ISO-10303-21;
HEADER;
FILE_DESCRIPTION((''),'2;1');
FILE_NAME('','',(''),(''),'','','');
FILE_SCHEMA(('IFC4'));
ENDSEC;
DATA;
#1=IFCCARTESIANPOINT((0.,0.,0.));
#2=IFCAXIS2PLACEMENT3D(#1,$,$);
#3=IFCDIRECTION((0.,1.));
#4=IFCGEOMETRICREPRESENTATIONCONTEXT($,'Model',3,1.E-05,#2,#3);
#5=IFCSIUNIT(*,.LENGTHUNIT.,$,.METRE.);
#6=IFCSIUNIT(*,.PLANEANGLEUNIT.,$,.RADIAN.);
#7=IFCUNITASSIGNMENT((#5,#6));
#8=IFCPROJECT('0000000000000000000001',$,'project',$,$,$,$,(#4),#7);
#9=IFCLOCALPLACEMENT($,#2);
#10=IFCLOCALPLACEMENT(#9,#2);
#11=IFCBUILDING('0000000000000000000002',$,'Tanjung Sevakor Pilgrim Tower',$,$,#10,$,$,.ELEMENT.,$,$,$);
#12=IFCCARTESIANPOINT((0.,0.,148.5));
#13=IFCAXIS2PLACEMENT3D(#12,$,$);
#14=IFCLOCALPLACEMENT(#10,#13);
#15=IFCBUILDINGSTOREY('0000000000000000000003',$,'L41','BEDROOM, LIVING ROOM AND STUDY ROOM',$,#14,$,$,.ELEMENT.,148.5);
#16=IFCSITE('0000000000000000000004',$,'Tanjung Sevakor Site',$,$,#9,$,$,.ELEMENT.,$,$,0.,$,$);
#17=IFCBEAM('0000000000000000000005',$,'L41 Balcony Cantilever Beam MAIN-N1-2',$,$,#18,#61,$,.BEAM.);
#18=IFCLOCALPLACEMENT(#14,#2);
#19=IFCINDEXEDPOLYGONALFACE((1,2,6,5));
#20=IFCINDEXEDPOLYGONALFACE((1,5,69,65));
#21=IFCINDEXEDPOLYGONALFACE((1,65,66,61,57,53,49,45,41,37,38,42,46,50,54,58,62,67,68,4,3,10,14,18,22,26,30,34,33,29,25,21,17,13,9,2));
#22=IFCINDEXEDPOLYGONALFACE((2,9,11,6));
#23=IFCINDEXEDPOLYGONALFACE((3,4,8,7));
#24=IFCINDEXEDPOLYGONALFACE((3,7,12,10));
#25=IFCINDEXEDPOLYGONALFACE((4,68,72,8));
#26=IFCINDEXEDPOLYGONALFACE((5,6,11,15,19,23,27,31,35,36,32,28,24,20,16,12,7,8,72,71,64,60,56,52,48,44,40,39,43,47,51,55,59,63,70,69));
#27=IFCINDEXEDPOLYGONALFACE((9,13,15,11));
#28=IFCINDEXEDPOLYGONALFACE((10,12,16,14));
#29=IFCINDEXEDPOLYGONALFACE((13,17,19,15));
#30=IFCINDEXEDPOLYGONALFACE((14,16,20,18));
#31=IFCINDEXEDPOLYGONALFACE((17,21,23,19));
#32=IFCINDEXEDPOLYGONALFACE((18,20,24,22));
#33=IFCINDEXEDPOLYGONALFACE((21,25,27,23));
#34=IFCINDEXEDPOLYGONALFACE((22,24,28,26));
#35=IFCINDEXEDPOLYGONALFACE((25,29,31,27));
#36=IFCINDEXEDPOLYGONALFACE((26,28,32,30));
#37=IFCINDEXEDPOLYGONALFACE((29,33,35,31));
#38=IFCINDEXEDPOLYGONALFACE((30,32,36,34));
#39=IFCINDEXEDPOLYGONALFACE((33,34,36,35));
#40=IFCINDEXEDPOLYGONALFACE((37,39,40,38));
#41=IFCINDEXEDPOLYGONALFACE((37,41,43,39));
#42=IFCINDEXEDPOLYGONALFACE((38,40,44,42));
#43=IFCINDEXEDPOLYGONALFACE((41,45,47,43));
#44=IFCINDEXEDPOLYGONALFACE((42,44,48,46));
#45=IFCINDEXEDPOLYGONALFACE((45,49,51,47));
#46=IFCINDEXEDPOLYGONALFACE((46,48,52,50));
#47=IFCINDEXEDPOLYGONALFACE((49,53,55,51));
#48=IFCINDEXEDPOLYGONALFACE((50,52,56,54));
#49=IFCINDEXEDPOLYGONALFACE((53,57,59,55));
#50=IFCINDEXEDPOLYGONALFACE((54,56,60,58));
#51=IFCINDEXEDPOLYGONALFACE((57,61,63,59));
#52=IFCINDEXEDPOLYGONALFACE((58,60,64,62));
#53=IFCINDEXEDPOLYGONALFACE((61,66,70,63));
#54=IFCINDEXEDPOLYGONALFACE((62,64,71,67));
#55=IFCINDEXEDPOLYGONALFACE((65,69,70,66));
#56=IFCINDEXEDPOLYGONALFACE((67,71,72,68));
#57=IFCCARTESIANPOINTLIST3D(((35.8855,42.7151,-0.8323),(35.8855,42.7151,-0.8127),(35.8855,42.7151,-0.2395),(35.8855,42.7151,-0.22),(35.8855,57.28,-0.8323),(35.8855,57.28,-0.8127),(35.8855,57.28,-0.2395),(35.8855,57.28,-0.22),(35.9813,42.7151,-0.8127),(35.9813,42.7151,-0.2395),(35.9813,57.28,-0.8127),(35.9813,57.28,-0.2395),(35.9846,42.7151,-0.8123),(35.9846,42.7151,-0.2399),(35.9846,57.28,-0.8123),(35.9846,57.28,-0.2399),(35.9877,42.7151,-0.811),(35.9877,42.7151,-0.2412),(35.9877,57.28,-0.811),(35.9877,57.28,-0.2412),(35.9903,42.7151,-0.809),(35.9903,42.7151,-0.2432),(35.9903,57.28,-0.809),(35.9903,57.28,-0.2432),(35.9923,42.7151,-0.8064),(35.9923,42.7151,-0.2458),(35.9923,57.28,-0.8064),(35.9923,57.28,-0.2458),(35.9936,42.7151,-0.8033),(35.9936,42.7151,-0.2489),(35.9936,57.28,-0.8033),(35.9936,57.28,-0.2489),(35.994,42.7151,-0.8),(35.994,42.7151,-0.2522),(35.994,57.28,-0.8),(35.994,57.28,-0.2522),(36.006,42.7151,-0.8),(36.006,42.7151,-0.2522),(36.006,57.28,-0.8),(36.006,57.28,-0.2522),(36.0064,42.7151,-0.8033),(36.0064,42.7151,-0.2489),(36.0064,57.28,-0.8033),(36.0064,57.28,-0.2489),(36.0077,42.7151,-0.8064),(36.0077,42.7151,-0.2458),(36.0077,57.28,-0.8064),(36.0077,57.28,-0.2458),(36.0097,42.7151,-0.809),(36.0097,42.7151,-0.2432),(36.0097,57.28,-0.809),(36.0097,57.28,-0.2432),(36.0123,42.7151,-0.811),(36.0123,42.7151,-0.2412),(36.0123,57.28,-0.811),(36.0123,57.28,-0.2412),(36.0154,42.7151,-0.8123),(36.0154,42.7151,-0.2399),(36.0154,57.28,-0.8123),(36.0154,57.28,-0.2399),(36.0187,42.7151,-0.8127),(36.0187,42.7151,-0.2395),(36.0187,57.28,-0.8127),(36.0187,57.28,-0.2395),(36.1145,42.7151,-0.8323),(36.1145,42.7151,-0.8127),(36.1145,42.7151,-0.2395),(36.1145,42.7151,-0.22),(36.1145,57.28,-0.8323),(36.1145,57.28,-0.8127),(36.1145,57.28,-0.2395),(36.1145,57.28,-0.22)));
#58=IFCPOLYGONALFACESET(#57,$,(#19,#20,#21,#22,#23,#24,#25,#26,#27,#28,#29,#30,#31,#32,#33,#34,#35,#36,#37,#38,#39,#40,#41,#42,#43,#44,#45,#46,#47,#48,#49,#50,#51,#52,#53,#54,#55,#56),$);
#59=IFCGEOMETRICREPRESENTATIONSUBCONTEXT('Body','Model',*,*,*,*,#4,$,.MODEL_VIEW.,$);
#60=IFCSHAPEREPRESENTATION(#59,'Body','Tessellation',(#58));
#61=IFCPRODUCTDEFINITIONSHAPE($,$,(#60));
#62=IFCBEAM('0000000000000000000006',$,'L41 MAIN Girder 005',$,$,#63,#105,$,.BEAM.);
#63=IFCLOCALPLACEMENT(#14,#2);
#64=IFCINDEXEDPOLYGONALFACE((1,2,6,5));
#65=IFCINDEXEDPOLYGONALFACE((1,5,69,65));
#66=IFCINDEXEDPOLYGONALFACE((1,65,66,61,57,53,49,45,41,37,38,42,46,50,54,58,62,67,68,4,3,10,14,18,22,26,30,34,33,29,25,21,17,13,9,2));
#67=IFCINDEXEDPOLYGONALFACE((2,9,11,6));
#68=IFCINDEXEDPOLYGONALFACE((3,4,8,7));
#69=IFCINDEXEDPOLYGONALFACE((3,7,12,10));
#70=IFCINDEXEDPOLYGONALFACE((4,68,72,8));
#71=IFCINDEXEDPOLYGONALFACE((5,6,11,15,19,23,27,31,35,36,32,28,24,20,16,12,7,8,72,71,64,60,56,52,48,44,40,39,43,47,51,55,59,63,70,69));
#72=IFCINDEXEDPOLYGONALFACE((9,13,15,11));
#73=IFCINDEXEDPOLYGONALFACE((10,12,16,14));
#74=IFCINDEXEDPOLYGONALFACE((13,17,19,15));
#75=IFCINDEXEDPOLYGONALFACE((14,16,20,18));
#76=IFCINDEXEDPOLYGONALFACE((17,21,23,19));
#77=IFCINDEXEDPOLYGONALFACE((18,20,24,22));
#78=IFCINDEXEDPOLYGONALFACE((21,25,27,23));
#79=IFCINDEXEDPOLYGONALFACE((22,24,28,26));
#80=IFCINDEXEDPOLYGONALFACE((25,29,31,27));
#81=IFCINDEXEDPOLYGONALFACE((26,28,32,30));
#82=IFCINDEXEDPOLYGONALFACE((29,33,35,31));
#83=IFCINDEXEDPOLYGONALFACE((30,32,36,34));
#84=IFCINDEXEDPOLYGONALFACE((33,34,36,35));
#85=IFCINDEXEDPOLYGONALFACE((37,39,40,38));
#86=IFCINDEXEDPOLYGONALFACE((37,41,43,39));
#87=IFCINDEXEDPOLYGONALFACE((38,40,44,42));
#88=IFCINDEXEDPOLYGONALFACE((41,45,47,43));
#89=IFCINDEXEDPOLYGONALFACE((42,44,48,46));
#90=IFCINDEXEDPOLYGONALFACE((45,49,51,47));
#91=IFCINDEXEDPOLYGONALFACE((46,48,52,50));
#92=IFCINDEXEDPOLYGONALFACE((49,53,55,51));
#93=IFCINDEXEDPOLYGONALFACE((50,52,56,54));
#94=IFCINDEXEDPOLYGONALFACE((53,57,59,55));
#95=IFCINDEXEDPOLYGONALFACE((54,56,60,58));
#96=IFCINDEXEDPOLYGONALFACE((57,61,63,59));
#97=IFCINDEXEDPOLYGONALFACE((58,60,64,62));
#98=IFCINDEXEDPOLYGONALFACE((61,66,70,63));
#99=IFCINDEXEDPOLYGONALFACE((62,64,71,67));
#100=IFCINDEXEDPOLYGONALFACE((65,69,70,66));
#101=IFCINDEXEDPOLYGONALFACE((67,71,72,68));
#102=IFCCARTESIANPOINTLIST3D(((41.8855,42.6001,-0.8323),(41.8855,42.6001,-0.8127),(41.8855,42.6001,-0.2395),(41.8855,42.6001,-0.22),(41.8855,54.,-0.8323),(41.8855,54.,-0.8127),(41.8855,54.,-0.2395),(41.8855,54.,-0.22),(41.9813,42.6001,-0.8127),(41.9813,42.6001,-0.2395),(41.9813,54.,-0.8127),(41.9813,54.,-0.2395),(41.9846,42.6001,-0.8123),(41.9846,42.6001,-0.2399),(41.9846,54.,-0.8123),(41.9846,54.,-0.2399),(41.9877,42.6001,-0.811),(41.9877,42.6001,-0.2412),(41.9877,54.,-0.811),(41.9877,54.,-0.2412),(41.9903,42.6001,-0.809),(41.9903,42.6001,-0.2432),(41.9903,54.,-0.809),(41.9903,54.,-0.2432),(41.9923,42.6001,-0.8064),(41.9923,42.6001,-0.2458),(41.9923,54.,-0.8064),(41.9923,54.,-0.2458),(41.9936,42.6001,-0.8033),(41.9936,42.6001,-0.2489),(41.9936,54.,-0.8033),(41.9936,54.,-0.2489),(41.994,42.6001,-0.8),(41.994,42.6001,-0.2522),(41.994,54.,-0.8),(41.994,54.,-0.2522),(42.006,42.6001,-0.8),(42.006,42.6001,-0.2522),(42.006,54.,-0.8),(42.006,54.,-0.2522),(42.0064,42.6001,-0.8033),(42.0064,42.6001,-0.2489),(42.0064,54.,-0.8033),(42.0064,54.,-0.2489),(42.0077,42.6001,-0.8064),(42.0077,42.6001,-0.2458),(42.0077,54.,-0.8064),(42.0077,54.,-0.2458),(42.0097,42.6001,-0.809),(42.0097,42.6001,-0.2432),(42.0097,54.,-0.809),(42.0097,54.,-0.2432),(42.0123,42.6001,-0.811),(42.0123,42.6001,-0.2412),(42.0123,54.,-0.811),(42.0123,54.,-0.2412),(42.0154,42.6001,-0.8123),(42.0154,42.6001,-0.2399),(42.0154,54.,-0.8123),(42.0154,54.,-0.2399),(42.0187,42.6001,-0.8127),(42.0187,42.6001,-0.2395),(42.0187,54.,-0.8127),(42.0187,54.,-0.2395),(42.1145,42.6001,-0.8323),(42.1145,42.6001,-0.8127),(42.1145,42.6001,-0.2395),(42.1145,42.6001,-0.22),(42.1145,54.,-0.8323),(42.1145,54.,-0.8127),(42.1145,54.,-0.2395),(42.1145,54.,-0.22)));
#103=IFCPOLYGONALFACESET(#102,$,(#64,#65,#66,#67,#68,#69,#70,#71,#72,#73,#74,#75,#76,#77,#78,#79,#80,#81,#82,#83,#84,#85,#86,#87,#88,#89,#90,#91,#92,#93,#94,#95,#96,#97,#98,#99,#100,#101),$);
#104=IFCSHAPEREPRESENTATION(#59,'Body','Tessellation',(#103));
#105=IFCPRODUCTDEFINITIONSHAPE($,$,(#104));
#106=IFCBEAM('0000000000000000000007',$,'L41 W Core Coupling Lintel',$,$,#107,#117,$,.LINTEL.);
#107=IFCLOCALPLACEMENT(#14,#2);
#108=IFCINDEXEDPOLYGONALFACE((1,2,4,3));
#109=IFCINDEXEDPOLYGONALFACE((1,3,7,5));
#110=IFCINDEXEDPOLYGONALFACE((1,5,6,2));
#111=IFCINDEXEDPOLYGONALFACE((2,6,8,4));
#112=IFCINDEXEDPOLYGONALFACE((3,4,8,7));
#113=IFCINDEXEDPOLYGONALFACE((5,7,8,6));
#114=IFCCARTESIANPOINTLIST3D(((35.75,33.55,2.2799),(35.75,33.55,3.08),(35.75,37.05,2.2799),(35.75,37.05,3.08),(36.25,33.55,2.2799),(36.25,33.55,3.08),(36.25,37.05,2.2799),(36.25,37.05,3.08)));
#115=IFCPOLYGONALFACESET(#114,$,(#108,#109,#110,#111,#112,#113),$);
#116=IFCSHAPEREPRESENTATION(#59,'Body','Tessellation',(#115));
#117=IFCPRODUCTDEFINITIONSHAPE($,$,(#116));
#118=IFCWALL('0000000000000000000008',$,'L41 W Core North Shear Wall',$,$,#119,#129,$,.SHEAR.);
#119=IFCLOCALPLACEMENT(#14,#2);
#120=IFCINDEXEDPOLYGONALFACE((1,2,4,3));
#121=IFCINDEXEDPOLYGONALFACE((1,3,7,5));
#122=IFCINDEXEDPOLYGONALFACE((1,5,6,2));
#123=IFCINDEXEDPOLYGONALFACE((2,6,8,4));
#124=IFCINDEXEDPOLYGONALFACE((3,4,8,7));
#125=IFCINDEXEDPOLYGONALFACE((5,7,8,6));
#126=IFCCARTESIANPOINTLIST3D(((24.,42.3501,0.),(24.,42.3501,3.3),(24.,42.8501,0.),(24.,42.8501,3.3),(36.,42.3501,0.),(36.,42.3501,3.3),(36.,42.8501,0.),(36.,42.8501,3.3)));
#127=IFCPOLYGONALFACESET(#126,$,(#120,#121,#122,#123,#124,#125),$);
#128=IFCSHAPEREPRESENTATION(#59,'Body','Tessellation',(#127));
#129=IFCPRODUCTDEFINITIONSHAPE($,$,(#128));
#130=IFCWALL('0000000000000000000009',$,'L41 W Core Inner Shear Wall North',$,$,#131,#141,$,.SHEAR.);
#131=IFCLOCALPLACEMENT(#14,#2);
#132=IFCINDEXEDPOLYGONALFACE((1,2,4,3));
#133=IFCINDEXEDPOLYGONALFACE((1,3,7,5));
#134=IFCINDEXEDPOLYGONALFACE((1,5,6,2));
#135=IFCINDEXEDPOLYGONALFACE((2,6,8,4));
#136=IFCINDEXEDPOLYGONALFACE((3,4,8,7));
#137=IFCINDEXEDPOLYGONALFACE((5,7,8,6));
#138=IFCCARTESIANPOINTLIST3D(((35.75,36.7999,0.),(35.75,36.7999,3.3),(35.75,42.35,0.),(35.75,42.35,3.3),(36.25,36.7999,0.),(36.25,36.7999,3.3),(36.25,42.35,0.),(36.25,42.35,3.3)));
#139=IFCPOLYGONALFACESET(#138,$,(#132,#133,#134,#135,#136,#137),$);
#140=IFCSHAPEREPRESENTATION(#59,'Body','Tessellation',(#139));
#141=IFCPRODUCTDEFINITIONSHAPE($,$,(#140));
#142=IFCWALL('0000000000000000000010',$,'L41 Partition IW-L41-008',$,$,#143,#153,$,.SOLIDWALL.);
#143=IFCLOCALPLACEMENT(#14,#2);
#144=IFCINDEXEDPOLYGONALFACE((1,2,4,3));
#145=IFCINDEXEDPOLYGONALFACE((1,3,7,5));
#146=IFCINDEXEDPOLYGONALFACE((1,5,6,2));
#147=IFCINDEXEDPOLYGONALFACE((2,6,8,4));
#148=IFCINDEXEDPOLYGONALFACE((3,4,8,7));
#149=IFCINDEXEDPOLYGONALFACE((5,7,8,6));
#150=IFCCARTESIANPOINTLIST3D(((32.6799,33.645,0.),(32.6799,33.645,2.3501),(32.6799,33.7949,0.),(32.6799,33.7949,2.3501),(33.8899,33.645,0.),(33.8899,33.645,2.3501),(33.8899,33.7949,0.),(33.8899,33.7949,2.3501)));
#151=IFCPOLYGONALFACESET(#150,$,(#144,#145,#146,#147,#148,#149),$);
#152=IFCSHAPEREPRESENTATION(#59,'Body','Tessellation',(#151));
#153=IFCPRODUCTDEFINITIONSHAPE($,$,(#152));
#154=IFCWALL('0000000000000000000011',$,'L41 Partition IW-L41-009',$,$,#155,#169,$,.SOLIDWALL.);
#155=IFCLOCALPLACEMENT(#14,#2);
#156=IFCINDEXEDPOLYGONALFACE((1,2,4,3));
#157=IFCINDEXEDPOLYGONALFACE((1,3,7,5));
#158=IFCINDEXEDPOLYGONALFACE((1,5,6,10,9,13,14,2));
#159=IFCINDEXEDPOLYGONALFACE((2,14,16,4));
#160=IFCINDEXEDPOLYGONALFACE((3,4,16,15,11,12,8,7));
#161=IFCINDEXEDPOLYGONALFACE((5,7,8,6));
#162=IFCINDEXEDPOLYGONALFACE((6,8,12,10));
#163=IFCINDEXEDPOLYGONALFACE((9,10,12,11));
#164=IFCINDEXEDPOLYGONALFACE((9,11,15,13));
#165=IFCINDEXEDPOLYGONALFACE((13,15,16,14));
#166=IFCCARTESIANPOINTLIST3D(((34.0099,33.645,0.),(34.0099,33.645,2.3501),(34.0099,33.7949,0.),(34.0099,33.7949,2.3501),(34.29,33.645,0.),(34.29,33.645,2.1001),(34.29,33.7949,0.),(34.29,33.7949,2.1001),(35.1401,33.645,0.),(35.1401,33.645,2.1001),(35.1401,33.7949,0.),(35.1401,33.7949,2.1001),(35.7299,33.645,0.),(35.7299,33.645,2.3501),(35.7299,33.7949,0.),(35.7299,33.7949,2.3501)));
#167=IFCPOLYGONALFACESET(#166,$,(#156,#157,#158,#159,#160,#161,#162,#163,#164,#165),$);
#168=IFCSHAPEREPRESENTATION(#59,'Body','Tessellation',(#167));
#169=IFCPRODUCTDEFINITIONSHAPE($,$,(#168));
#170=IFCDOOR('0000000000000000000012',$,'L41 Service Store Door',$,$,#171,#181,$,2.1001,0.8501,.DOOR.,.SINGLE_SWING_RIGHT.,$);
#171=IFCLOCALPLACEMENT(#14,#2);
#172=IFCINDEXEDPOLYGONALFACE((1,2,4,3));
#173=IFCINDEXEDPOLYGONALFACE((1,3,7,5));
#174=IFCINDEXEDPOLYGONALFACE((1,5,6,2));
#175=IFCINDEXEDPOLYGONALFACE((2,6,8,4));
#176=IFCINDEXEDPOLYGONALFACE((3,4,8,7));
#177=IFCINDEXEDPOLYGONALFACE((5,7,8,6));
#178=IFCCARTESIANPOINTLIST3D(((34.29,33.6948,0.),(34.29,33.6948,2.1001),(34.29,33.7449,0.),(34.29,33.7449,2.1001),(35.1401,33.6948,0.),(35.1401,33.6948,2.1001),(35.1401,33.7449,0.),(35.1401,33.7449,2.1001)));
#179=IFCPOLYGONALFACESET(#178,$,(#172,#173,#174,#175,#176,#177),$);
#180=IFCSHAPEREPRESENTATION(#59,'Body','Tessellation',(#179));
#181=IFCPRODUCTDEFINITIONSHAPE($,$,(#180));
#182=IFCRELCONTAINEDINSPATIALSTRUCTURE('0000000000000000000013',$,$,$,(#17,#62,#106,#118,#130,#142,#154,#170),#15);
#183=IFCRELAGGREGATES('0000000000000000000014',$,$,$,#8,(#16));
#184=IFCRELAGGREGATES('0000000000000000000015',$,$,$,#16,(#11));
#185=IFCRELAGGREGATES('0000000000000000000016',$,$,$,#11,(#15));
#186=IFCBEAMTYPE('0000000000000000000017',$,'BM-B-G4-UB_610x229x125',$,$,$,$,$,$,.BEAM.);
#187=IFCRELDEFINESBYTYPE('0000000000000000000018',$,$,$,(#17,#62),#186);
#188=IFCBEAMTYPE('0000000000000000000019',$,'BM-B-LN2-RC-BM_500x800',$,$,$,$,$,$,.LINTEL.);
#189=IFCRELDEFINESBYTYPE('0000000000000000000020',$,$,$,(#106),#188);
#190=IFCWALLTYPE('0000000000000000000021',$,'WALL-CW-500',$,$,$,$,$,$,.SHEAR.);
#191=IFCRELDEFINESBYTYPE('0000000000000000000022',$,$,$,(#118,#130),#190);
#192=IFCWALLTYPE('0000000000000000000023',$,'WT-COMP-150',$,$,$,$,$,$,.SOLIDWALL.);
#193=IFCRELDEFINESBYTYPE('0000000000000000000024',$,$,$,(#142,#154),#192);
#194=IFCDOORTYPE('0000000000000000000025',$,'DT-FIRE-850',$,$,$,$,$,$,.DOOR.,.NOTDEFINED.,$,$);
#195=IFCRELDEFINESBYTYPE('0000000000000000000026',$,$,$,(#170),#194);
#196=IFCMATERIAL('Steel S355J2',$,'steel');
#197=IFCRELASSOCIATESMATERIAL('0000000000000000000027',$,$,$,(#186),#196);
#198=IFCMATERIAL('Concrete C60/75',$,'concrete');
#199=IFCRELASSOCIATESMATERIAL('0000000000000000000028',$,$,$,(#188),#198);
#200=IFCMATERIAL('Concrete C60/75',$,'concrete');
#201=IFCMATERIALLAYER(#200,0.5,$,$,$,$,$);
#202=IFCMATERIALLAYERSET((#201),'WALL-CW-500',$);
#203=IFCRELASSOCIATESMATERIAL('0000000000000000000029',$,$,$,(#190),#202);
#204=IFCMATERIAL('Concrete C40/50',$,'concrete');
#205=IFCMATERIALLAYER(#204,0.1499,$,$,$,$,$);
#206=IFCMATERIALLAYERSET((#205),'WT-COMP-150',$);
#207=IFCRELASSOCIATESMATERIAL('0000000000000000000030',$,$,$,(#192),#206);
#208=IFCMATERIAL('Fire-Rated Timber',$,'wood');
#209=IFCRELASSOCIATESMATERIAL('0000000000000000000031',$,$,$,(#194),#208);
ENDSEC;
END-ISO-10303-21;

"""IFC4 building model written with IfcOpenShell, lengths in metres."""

from ifc_helpers import new_model, si_unit, direction, frame, frame_2d, origin, origin_2d, place, context, subcontext, project, spatial, rectangle, i_section, extrude, material, layer, layer_set, material_profile, profile_set, type_object, element, fill, save


model = new_model("IFC4")

# Units and contexts
model_context = context("Model", 3, precision=1e-05, world=origin(), true_north=direction((0.0, 1.0)))
body_context = subcontext(model_context, "Body", "Model", "MODEL_VIEW")
ifc_project = project(units=[si_unit("LENGTHUNIT", "METRE"), si_unit("PLANEANGLEUNIT", "RADIAN")], contexts=[model_context])

# Site, building, storey
site_placement = place(None, origin())
site = spatial("IfcSite", under=ifc_project, at=site_placement, Name="Tanjung Sevakor Site", CompositionType="ELEMENT", RefElevation=0.0)
building_placement = place(site_placement, origin())
building = spatial("IfcBuilding", under=site, at=building_placement, Name="Tanjung Sevakor Pilgrim Tower", CompositionType="ELEMENT")
storey_placement = place(building_placement, frame((0.0, 0.0, 148.5)))
storey = spatial("IfcBuildingStorey", under=building, at=storey_placement, Name="L41", Description="BEDROOM, LIVING ROOM AND STUDY ROOM", CompositionType="ELEMENT", Elevation=148.5)

# Beams
ifc_material_1 = material(Name="Steel S355J2", Category="steel")
ifc_material_profile_1 = material_profile(ifc_material_1, i_section(OverallWidth=0.229, OverallDepth=0.6123, WebThickness=0.012, FlangeThickness=0.0195, FilletRadius=0.0127, at=origin_2d()))
ifc_profile_set_1 = profile_set([ifc_material_profile_1], Name="Steel S355J2")
beam_type_1 = type_object("IfcBeamType", Name="BM-B-G4-UB_610x229x125", PredefinedType="BEAM", material=ifc_profile_set_1)
beam_1_placement = place(storey_placement, frame((36.0, 42.7151, -0.5261), z_axis=(0.0, 1.0, 0.0), x_axis=(-1.0, 0.0, 0.0)))
element("IfcBeam", 1, at=beam_1_placement, inside=storey, type_object=beam_type_1, Name="L41 Balcony Cantilever Beam MAIN-N1-2", PredefinedType="BEAM", context=body_context, shape_type="SweptSolid", body=[
    extrude(i_section(OverallWidth=0.229, OverallDepth=0.6123, WebThickness=0.012, FlangeThickness=0.0195, FilletRadius=0.0127, at=origin_2d()), origin(), (0.0, 0.0, 1.0), 14.5649),
])
beam_2_placement = place(storey_placement, frame((42.0, 42.6001, -0.5261), z_axis=(0.0, 1.0, 0.0), x_axis=(-1.0, 0.0, 0.0)))
element("IfcBeam", 2, at=beam_2_placement, inside=storey, type_object=beam_type_1, Name="L41 MAIN Girder 005", PredefinedType="BEAM", context=body_context, shape_type="SweptSolid", body=[
    extrude(i_section(OverallWidth=0.229, OverallDepth=0.6123, WebThickness=0.012, FlangeThickness=0.0195, FilletRadius=0.0127, at=origin_2d()), origin(), (0.0, 0.0, 1.0), 11.3999),
])
ifc_material_2 = material(Name="Concrete C60/75", Category="concrete")
ifc_material_profile_2 = material_profile(ifc_material_2, rectangle(XDim=0.5, YDim=0.8, at=origin_2d()))
ifc_profile_set_2 = profile_set([ifc_material_profile_2], Name="Concrete C60/75")
beam_type_2 = type_object("IfcBeamType", Name="BM-B-LN2-RC-BM_500x800", PredefinedType="LINTEL", material=ifc_profile_set_2)
beam_3_placement = place(storey_placement, frame((36.0, 33.55, 2.6799), z_axis=(0.0, 1.0, 0.0), x_axis=(-1.0, 0.0, 0.0)))
element("IfcBeam", 3, at=beam_3_placement, inside=storey, type_object=beam_type_2, Name="L41 W Core Coupling Lintel", PredefinedType="LINTEL", context=body_context, shape_type="SweptSolid", body=[
    extrude(rectangle(XDim=0.5, YDim=0.8, at=origin_2d()), origin(), (0.0, 0.0, 1.0), 3.5),
])

# Walls
ifc_material_3 = material(Name="Concrete C60/75", Category="concrete")
ifc_layer_1 = layer(ifc_material_3, 0.5)
ifc_layer_set_1 = layer_set([ifc_layer_1], Name="WALL-CW-500")
wall_type_1 = type_object("IfcWallType", Name="WALL-CW-500", PredefinedType="SHEAR", material=ifc_layer_set_1)
wall_1_placement = place(storey_placement, frame((36.0, 42.6001, 0.0), z_axis=(0.0, 0.0, 1.0), x_axis=(-1.0, 0.0, 0.0)))
element("IfcWall", 4, at=wall_1_placement, inside=storey, type_object=wall_type_1, Name="L41 W Core North Shear Wall", PredefinedType="SHEAR", context=body_context, shape_type="SweptSolid", body=[
    extrude(rectangle(XDim=12.0, YDim=0.5, at=frame_2d((6.0, 0.0))), origin(), (0.0, 0.0, 1.0), 3.3),
])
wall_2_placement = place(storey_placement, frame((36.0, 36.8, 0.0), z_axis=(0.0, 0.0, 1.0), x_axis=(0.0, 1.0, 0.0)))
element("IfcWall", 5, at=wall_2_placement, inside=storey, type_object=wall_type_1, Name="L41 W Core Inner Shear Wall North", PredefinedType="SHEAR", context=body_context, shape_type="SweptSolid", body=[
    extrude(rectangle(XDim=5.55, YDim=0.5, at=frame_2d((2.7749, 0.0))), origin(), (0.0, 0.0, 1.0), 3.3),
])
ifc_material_4 = material(Name="Concrete C40/50", Category="concrete")
ifc_layer_2 = layer(ifc_material_4, 0.1499)
ifc_layer_set_2 = layer_set([ifc_layer_2], Name="WT-COMP-150")
wall_type_2 = type_object("IfcWallType", Name="WT-COMP-150", PredefinedType="SOLIDWALL", material=ifc_layer_set_2)
wall_3_placement = place(storey_placement, frame((32.6799, 33.72, 0.0), z_axis=(0.0, 0.0, 1.0), x_axis=(1.0, 0.0, 0.0)))
element("IfcWall", 6, at=wall_3_placement, inside=storey, type_object=wall_type_2, Name="L41 Partition IW-L41-008", PredefinedType="SOLIDWALL", context=body_context, shape_type="SweptSolid", body=[
    extrude(rectangle(XDim=1.21, YDim=0.1499, at=frame_2d((0.605, 0.0))), origin(), (0.0, 0.0, 1.0), 2.3501),
])

# Wall, opening, door
wall_4_placement = place(storey_placement, frame((34.01, 33.72, 0.0), z_axis=(0.0, 0.0, 1.0), x_axis=(1.0, 0.0, 0.0)))
wall_4 = element("IfcWall", 7, at=wall_4_placement, inside=storey, type_object=wall_type_2, Name="L41 Partition IW-L41-009", PredefinedType="SOLIDWALL", context=body_context, shape_type="SweptSolid", body=[
    extrude(rectangle(XDim=1.72, YDim=0.1499, at=frame_2d((0.8599, 0.0))), origin(), (0.0, 0.0, 1.0), 2.3501),
])
opening_1_placement = place(wall_4_placement, frame((0.28, 0.0, 0.0)))
opening_1 = element("IfcOpeningElement", 8, at=opening_1_placement, cuts=wall_4, PredefinedType="OPENING", context=body_context, shape_type="SweptSolid", body=[
    extrude(rectangle(XDim=0.8501, YDim=2.1001, at=frame_2d((0.425, 1.05))), frame((0.0, 0.085, 0.0), z_axis=(0.0, -1.0, 0.0), x_axis=(1.0, 0.0, 0.0)), (0.0, 0.0, 1.0), 0.1699),
])
ifc_material_5 = material(Name="Fire-Rated Timber", Category="wood")
door_type_1 = type_object("IfcDoorType", Name="DT-FIRE-850", OperationType="NOTDEFINED", PredefinedType="DOOR", material=ifc_material_5)
door_1_placement = place(opening_1_placement, origin())
door_1 = element("IfcDoor", 9, at=door_1_placement, inside=storey, type_object=door_type_1, Name="L41 Service Store Door", OperationType="SINGLE_SWING_RIGHT", OverallHeight=2.1001, OverallWidth=0.8501, PredefinedType="DOOR", context=body_context, shape_type="SweptSolid", body=[
    extrude(rectangle(XDim=0.8501, YDim=2.1001, at=frame_2d((0.425, 1.05))), frame((0.0, 0.0249, 0.0), z_axis=(0.0, -1.0, 0.0), x_axis=(1.0, 0.0, 0.0)), (0.0, 0.0, 1.0), 0.05),
])
fill(opening_1, door_1)

save(model, "model.ifc")
